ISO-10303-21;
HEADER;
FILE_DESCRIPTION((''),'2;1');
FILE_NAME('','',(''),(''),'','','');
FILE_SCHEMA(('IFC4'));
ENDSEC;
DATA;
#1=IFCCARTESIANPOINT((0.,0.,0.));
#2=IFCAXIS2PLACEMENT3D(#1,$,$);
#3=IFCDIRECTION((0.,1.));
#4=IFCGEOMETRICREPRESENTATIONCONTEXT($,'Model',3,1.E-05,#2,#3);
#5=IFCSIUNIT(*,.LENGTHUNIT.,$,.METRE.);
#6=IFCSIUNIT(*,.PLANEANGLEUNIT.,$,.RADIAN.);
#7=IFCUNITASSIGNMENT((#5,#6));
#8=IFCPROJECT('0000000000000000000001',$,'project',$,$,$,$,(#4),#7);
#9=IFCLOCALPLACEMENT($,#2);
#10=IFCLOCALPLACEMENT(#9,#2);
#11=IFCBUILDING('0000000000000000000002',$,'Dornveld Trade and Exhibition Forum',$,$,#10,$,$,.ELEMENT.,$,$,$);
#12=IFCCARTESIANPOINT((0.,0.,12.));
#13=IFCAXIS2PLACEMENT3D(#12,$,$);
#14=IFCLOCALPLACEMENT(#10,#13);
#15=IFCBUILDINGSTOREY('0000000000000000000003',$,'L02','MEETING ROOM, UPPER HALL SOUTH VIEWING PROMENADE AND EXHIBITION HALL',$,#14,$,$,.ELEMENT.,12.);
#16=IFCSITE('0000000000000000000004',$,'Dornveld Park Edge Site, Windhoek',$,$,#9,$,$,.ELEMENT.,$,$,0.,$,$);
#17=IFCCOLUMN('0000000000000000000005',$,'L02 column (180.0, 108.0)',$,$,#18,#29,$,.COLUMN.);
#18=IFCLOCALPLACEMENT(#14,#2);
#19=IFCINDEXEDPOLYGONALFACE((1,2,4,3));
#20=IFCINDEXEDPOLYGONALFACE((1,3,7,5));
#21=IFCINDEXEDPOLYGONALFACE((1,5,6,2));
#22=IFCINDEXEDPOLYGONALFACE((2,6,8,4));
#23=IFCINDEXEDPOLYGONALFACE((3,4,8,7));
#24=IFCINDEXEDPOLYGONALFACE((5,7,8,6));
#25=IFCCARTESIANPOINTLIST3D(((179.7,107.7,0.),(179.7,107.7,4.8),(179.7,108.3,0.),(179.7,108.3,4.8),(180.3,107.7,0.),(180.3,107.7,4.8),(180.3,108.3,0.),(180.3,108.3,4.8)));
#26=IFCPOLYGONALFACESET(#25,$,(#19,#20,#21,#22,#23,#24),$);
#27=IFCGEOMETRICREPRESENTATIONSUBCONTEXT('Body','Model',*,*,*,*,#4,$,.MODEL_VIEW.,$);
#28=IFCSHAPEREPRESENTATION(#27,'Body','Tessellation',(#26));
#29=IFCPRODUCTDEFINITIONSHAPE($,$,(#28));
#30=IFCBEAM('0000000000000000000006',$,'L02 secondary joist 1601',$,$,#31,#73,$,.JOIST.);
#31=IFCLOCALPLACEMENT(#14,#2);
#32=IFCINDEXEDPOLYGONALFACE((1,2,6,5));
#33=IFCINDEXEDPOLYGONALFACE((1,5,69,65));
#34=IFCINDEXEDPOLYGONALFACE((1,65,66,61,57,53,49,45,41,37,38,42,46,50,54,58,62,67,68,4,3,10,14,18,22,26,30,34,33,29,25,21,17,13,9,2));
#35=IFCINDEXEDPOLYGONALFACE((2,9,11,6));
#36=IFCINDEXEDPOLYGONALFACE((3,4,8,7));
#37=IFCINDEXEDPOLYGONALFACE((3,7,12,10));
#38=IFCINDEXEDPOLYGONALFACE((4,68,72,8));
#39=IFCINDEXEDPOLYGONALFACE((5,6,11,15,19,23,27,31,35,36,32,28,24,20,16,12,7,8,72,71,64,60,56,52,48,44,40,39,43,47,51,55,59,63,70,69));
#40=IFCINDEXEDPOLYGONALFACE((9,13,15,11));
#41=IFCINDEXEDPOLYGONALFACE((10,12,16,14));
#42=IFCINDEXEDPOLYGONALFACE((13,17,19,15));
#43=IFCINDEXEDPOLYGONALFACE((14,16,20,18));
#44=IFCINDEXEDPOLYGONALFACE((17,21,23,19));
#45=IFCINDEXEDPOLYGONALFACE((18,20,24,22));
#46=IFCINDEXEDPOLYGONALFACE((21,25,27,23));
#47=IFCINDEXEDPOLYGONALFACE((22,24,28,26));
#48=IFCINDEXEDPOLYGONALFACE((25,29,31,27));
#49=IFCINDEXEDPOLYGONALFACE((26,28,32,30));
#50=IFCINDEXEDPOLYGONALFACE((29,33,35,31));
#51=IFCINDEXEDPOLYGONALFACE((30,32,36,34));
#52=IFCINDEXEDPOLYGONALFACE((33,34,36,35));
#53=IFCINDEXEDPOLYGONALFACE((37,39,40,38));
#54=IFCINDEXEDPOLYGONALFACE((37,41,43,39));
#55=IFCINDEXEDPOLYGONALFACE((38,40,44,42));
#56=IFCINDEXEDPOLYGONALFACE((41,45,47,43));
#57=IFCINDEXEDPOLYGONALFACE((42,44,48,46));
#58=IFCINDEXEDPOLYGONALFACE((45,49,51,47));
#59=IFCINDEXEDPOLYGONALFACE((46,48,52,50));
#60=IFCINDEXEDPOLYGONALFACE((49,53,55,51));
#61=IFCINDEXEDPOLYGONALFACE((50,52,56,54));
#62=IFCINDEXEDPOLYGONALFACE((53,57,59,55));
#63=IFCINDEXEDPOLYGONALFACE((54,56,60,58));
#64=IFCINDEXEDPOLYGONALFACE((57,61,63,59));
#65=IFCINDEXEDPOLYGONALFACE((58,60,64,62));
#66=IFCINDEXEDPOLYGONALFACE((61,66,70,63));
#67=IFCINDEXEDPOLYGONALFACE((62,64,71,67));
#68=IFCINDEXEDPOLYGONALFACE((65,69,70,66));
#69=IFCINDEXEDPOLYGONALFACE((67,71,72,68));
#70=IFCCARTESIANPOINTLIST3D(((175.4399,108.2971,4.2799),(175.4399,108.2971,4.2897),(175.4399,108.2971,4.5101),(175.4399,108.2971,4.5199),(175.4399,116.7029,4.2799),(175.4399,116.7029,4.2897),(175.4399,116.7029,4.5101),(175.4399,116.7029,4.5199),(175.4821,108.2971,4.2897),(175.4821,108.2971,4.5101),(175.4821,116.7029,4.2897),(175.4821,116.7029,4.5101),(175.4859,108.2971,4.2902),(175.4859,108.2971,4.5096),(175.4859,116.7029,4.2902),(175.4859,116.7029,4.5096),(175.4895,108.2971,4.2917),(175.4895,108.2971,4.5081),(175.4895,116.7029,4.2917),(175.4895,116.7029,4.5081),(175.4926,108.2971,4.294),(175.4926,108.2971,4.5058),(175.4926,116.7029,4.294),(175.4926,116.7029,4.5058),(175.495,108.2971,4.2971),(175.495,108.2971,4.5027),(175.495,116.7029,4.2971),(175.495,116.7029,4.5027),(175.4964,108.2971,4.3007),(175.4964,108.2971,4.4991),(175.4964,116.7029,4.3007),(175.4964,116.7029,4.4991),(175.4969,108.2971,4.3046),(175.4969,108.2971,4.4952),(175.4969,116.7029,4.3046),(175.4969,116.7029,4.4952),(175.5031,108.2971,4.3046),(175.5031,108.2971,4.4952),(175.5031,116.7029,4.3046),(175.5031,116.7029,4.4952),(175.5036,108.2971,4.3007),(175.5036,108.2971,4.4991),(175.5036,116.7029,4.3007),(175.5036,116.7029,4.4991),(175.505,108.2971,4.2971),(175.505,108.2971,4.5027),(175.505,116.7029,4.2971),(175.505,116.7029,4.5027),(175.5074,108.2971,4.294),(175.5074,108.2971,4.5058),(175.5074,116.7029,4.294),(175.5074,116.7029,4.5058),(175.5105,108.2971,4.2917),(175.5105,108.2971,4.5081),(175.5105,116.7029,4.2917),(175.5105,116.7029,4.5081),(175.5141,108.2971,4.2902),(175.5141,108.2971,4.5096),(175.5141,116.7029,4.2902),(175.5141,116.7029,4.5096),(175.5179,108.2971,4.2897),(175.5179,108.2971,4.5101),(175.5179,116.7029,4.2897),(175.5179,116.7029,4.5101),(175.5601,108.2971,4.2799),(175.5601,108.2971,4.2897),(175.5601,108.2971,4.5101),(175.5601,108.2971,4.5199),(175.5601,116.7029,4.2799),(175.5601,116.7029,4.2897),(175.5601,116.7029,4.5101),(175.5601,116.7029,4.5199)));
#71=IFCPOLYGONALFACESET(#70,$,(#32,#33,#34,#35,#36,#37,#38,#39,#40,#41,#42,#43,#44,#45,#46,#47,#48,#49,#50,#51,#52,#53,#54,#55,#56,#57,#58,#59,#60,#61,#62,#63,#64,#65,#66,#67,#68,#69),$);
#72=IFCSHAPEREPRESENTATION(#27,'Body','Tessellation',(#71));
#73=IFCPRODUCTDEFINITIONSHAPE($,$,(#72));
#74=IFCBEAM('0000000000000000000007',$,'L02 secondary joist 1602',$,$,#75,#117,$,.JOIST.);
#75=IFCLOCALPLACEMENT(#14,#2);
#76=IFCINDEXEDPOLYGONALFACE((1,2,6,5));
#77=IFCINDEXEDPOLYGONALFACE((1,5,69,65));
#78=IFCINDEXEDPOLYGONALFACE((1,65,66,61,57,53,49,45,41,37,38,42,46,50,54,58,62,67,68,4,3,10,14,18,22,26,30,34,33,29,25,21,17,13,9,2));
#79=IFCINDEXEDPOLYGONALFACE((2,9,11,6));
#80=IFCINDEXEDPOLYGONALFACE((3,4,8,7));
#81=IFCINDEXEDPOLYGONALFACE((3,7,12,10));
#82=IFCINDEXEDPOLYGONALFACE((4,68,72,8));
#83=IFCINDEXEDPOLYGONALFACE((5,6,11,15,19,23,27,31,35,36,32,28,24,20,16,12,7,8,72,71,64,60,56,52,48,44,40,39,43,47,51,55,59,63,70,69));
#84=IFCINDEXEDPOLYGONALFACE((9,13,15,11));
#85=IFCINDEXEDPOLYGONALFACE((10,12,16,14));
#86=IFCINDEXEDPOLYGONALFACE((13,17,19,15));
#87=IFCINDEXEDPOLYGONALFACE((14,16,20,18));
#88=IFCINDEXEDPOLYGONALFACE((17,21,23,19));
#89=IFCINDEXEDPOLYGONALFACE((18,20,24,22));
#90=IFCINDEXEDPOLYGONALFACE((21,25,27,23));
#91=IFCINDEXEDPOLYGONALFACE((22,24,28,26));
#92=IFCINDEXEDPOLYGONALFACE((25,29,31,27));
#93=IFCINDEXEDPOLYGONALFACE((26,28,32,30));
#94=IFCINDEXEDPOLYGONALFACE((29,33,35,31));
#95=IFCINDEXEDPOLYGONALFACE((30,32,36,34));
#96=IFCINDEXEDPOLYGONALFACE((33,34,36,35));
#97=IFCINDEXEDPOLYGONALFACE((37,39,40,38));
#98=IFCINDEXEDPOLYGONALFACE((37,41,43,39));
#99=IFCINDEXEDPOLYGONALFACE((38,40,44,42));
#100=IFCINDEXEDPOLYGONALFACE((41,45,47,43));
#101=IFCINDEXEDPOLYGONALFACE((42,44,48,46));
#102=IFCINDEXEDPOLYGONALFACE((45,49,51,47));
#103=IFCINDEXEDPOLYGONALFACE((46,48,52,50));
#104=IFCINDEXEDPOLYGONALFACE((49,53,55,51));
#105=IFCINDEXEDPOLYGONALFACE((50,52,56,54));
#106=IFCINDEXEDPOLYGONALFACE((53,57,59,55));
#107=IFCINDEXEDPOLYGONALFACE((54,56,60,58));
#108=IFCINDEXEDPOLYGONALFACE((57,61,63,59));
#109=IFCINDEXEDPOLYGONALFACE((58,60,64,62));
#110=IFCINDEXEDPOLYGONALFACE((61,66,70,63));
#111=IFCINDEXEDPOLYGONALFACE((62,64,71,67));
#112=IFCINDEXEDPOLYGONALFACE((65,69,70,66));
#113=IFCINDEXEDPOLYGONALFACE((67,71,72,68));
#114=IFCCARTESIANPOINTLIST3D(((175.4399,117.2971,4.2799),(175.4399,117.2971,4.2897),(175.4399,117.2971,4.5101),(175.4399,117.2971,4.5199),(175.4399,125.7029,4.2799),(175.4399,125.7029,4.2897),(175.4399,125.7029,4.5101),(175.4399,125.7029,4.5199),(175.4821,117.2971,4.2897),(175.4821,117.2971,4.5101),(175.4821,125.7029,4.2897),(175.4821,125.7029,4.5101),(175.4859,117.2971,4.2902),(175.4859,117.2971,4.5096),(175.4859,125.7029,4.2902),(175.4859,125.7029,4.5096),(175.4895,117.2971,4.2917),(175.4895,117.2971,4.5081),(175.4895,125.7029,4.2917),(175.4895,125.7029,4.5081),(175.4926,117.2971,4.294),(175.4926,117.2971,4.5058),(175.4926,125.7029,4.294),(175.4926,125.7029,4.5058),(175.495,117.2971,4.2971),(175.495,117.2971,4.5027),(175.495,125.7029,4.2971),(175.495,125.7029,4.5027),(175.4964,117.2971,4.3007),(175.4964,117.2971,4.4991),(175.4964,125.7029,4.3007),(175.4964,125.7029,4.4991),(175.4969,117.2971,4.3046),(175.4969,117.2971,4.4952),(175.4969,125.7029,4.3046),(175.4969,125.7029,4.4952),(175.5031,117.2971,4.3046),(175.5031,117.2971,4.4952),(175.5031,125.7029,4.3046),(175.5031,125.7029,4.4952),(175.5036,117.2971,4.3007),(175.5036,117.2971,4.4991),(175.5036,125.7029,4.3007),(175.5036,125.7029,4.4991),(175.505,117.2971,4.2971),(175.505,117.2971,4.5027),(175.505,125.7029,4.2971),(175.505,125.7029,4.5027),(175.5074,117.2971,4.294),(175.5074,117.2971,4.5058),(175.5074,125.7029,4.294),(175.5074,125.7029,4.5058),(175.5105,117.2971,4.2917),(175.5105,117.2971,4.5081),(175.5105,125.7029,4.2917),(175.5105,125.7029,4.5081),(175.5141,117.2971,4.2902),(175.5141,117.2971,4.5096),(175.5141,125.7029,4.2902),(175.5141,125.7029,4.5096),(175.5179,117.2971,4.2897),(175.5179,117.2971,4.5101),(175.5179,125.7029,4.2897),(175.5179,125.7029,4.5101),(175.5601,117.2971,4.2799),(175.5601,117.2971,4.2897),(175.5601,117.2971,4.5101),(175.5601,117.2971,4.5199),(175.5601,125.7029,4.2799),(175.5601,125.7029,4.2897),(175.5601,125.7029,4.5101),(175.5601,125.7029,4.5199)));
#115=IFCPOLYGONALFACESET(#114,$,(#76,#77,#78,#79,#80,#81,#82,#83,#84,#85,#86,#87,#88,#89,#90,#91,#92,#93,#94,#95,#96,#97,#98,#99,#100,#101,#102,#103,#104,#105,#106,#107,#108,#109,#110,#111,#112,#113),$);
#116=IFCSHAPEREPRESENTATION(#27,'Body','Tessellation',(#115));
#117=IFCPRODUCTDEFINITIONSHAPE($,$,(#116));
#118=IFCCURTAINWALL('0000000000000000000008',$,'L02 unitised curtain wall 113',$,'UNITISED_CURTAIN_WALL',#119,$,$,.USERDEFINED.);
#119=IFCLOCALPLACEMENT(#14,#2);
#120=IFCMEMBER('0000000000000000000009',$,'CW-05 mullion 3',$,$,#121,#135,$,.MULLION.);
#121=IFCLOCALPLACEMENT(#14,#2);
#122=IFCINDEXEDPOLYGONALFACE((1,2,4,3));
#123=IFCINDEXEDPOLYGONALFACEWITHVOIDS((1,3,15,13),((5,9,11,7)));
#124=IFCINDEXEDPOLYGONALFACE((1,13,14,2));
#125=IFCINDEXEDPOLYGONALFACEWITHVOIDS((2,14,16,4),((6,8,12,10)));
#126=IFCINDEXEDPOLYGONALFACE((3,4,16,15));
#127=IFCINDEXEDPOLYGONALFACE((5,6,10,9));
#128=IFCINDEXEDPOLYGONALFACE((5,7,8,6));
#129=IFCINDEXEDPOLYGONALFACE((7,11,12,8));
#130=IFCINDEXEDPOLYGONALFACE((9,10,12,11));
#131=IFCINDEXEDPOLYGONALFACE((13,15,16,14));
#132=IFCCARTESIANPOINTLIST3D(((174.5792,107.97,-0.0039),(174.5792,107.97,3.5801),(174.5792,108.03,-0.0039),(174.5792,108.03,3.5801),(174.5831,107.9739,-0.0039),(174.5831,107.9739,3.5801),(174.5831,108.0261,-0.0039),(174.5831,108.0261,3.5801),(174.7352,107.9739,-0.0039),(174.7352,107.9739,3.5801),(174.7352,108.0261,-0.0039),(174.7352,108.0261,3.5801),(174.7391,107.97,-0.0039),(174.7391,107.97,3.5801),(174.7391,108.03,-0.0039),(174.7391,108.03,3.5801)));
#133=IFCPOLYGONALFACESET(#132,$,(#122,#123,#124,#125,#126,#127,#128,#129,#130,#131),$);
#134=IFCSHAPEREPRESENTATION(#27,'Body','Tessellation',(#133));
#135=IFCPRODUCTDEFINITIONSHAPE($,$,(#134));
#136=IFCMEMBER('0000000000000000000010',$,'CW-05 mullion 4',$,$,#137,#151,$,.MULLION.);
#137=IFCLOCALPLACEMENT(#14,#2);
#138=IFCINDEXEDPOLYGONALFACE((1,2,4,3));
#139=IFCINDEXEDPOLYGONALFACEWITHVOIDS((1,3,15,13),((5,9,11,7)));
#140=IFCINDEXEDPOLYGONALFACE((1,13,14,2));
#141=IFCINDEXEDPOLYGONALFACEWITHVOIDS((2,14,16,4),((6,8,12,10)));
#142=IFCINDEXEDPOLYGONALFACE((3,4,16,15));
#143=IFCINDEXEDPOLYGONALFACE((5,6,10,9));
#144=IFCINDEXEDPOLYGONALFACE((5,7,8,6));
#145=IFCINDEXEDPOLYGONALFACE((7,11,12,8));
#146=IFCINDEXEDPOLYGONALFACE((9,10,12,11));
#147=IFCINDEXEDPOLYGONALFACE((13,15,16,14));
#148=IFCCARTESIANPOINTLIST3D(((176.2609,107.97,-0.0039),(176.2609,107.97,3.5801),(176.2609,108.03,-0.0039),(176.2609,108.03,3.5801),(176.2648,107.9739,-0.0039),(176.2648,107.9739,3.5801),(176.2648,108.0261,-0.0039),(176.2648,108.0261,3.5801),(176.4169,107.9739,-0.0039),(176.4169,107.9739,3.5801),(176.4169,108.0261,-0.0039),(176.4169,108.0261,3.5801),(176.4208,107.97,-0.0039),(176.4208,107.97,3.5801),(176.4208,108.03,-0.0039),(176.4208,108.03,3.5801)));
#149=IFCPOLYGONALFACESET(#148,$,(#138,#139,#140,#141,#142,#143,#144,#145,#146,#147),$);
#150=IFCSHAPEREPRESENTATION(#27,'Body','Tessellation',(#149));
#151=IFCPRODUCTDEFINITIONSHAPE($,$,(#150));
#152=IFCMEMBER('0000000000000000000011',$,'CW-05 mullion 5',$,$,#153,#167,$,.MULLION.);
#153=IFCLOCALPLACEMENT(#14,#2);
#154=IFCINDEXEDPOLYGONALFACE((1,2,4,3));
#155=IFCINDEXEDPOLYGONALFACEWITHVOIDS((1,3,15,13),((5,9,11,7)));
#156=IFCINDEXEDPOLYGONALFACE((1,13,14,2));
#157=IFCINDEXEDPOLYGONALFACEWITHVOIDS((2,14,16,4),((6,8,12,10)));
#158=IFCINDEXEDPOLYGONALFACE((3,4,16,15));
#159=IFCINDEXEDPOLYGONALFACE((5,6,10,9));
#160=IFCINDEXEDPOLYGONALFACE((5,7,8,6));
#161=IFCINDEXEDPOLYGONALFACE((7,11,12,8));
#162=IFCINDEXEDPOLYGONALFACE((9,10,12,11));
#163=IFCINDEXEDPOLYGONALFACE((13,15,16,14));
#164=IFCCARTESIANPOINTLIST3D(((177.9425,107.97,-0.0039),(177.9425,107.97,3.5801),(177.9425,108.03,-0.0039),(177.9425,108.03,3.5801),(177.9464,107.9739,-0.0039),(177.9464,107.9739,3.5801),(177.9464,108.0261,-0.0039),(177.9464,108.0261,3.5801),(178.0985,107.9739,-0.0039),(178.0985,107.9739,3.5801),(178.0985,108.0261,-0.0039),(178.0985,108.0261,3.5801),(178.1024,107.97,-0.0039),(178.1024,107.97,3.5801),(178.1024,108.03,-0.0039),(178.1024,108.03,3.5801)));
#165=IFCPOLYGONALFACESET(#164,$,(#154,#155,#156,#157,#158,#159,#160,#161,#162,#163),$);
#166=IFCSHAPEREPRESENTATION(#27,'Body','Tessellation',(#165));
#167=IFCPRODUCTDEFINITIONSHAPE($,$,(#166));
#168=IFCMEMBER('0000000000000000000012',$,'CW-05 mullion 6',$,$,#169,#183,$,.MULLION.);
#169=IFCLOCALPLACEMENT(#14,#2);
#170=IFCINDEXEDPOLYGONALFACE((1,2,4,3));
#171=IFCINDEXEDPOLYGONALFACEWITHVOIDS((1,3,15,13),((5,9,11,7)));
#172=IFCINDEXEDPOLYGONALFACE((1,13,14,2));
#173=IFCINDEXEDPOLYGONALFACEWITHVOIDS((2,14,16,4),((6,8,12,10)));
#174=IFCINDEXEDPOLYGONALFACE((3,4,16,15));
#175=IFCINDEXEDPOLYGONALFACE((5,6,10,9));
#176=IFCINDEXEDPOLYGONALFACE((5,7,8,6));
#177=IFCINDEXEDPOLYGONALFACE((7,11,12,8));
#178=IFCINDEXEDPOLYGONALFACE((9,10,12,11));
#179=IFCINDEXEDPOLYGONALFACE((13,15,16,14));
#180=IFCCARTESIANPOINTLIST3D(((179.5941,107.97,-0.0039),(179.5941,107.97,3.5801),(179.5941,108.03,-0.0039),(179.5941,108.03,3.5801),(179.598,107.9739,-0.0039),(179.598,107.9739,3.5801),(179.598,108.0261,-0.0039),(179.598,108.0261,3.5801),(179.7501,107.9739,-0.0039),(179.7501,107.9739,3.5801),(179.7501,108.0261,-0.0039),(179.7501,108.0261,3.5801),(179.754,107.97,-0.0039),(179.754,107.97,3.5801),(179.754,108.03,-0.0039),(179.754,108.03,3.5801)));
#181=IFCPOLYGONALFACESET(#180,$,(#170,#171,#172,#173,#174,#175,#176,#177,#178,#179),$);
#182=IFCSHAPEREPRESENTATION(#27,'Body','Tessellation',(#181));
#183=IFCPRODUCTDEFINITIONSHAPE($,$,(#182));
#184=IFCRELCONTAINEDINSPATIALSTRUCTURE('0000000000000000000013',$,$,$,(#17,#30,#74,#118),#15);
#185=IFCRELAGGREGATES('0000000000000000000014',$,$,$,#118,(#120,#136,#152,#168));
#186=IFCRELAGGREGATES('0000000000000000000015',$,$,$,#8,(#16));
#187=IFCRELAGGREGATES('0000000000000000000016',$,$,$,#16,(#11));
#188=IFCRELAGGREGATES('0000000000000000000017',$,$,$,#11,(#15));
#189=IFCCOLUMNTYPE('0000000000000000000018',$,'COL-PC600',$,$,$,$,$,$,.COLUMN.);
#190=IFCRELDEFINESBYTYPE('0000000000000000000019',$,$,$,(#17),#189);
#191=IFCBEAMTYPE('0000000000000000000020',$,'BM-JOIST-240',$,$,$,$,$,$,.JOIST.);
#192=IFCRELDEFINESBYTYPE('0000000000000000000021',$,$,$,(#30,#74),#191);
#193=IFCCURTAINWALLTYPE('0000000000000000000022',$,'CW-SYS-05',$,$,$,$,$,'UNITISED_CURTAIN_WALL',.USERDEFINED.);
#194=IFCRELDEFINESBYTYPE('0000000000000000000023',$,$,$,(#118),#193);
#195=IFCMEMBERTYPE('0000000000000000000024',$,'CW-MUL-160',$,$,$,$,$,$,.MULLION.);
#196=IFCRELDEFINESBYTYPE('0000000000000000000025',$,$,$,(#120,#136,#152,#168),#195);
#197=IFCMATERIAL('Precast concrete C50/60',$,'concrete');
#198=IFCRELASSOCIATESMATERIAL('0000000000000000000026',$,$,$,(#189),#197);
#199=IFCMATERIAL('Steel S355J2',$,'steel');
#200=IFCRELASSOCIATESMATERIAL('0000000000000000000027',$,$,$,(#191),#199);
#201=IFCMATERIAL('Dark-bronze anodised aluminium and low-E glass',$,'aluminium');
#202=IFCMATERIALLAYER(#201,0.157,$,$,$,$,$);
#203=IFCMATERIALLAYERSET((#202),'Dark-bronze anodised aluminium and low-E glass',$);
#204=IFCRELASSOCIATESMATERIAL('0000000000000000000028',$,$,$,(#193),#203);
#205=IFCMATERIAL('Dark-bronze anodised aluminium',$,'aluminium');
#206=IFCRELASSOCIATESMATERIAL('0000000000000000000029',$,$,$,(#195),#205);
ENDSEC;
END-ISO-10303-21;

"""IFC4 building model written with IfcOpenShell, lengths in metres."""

from ifc_helpers import new_model, si_unit, direction, frame, origin, origin_2d, place, context, subcontext, project, spatial, rectangle, hollow_rectangle, i_section, extrude, material, layer, layer_set, material_profile, profile_set, type_object, element, aggregate, save


model = new_model("IFC4")

# Units and contexts
model_context = context("Model", 3, precision=1e-05, world=origin(), true_north=direction((0.0, 1.0)))
body_context = subcontext(model_context, "Body", "Model", "MODEL_VIEW")
ifc_project = project(units=[si_unit("LENGTHUNIT", "METRE"), si_unit("PLANEANGLEUNIT", "RADIAN")], contexts=[model_context])

# Site, building, storey
site_placement = place(None, origin())
site = spatial("IfcSite", under=ifc_project, at=site_placement, Name="Dornveld Park Edge Site, Windhoek", CompositionType="ELEMENT", RefElevation=0.0)
building_placement = place(site_placement, origin())
building = spatial("IfcBuilding", under=site, at=building_placement, Name="Dornveld Trade and Exhibition Forum", CompositionType="ELEMENT")
storey_placement = place(building_placement, frame((0.0, 0.0, 12.0)))
storey = spatial("IfcBuildingStorey", under=building, at=storey_placement, Name="L02", Description="MEETING ROOM, UPPER HALL SOUTH VIEWING PROMENADE AND EXHIBITION HALL", CompositionType="ELEMENT", Elevation=12.0)

# Column
ifc_material_1 = material(Name="Precast concrete C50/60", Category="concrete")
ifc_material_profile_1 = material_profile(ifc_material_1, rectangle(XDim=0.6001, YDim=0.6001, at=origin_2d()), Name="PC-COL 600x600")
ifc_profile_set_1 = profile_set([ifc_material_profile_1], Name="Precast concrete C50/60")
column_type = type_object("IfcColumnType", Name="COL-PC600", PredefinedType="COLUMN", material=ifc_profile_set_1)
column_placement = place(storey_placement, frame((180.0, 108.0, 0.0), z_axis=(0.0, 0.0, 1.0), x_axis=(1.0, 0.0, 0.0)))
element("IfcColumn", 1, at=column_placement, inside=storey, type_object=column_type, Name="L02 column (180.0, 108.0)", PredefinedType="COLUMN", context=body_context, shape_type="SweptSolid", body=[
    extrude(rectangle(XDim=0.6001, YDim=0.6001, at=origin_2d()), origin(), (0.0, 0.0, 1.0), 4.8),
])

# Beams
ifc_material_2 = material(Name="Steel S355J2", Category="steel")
ifc_material_profile_2 = material_profile(ifc_material_2, i_section(OverallWidth=0.1201, OverallDepth=0.24, WebThickness=0.0061, FlangeThickness=0.0098, FilletRadius=0.0149, at=origin_2d()), Name="IPE 240")
ifc_profile_set_2 = profile_set([ifc_material_profile_2], Name="Steel S355J2")
beam_type = type_object("IfcBeamType", Name="BM-JOIST-240", PredefinedType="JOIST", material=ifc_profile_set_2)
for number, where, z_axis, x_axis, name in (
    (2, (175.5, 108.2971, 4.3999), (0.0, 1.0, 0.0), (-1.0, 0.0, 0.0), "L02 secondary joist 1601"),
    (3, (175.5, 117.2971, 4.3999), (0.0, 1.0, 0.0), (-1.0, 0.0, 0.0), "L02 secondary joist 1602"),
):
    element("IfcBeam", number, at=place(storey_placement, frame(where, z_axis=z_axis, x_axis=x_axis)), inside=storey, type_object=beam_type, Name=name, PredefinedType="JOIST", context=body_context, shape_type="SweptSolid", body=[
        extrude(i_section(OverallWidth=0.1201, OverallDepth=0.24, WebThickness=0.0061, FlangeThickness=0.0098, FilletRadius=0.0149, at=origin_2d()), origin(), (0.0, 0.0, 1.0), 8.4058),
    ])

# Curtain wall, members
ifc_material_3 = material(Name="Dark-bronze anodised aluminium and low-E glass", Category="aluminium")
ifc_layer_1 = layer(ifc_material_3, 0.157)
ifc_layer_set_1 = layer_set([ifc_layer_1], Name="Dark-bronze anodised aluminium and low-E glass")
curtain_wall_type = type_object("IfcCurtainWallType", Name="CW-SYS-05", ElementType="UNITISED_CURTAIN_WALL", PredefinedType="USERDEFINED", material=ifc_layer_set_1)
curtain_wall_placement = place(storey_placement, origin())
curtain_wall = element("IfcCurtainWall", 4, at=curtain_wall_placement, inside=storey, type_object=curtain_wall_type, Name="L02 unitised curtain wall 113", ObjectType="UNITISED_CURTAIN_WALL", PredefinedType="USERDEFINED")
ifc_material_4 = material(Name="Dark-bronze anodised aluminium", Category="aluminium")
ifc_material_profile_3 = material_profile(ifc_material_4, hollow_rectangle(XDim=0.0601, YDim=0.1599, WallThickness=0.0039, at=origin_2d()), Name="RHS 160x60x4")
ifc_profile_set_3 = profile_set([ifc_material_profile_3], Name="Dark-bronze anodised aluminium")
member_type_1 = type_object("IfcMemberType", Name="CW-MUL-160", PredefinedType="MULLION", material=ifc_profile_set_3)
member_1_placement = place(storey_placement, frame((174.6592, 108.0, -0.0039), z_axis=(0.0, 0.0, 1.0), x_axis=(0.0, 1.0, 0.0)))
member_1 = element("IfcMember", 5, at=member_1_placement, type_object=member_type_1, Name="CW-05 mullion 3", PredefinedType="MULLION", context=body_context, shape_type="SweptSolid", body=[
    extrude(hollow_rectangle(XDim=0.0601, YDim=0.1599, WallThickness=0.0039, at=origin_2d()), origin(), (0.0, 0.0, 1.0), 3.584),
])
member_2_placement = place(storey_placement, frame((176.3408, 108.0, -0.0039), z_axis=(0.0, 0.0, 1.0), x_axis=(0.0, 1.0, 0.0)))
member_2 = element("IfcMember", 6, at=member_2_placement, type_object=member_type_1, Name="CW-05 mullion 4", PredefinedType="MULLION", context=body_context, shape_type="SweptSolid", body=[
    extrude(hollow_rectangle(XDim=0.0601, YDim=0.1599, WallThickness=0.0039, at=origin_2d()), origin(), (0.0, 0.0, 1.0), 3.584),
])
member_3_placement = place(storey_placement, frame((178.0225, 108.0, -0.0039), z_axis=(0.0, 0.0, 1.0), x_axis=(0.0, 1.0, 0.0)))
member_3 = element("IfcMember", 7, at=member_3_placement, type_object=member_type_1, Name="CW-05 mullion 5", PredefinedType="MULLION", context=body_context, shape_type="SweptSolid", body=[
    extrude(hollow_rectangle(XDim=0.0601, YDim=0.1599, WallThickness=0.0039, at=origin_2d()), origin(), (0.0, 0.0, 1.0), 3.584),
])
member_4_placement = place(storey_placement, frame((179.6741, 108.0, -0.0039), z_axis=(0.0, 0.0, 1.0), x_axis=(0.0, 1.0, 0.0)))
member_4 = element("IfcMember", 8, at=member_4_placement, type_object=member_type_1, Name="CW-05 mullion 6", PredefinedType="MULLION", context=body_context, shape_type="SweptSolid", body=[
    extrude(hollow_rectangle(XDim=0.0601, YDim=0.1599, WallThickness=0.0039, at=origin_2d()), origin(), (0.0, 0.0, 1.0), 3.584),
])
aggregate(curtain_wall, [member_1, member_2, member_3, member_4])

save(model, "model.ifc")
